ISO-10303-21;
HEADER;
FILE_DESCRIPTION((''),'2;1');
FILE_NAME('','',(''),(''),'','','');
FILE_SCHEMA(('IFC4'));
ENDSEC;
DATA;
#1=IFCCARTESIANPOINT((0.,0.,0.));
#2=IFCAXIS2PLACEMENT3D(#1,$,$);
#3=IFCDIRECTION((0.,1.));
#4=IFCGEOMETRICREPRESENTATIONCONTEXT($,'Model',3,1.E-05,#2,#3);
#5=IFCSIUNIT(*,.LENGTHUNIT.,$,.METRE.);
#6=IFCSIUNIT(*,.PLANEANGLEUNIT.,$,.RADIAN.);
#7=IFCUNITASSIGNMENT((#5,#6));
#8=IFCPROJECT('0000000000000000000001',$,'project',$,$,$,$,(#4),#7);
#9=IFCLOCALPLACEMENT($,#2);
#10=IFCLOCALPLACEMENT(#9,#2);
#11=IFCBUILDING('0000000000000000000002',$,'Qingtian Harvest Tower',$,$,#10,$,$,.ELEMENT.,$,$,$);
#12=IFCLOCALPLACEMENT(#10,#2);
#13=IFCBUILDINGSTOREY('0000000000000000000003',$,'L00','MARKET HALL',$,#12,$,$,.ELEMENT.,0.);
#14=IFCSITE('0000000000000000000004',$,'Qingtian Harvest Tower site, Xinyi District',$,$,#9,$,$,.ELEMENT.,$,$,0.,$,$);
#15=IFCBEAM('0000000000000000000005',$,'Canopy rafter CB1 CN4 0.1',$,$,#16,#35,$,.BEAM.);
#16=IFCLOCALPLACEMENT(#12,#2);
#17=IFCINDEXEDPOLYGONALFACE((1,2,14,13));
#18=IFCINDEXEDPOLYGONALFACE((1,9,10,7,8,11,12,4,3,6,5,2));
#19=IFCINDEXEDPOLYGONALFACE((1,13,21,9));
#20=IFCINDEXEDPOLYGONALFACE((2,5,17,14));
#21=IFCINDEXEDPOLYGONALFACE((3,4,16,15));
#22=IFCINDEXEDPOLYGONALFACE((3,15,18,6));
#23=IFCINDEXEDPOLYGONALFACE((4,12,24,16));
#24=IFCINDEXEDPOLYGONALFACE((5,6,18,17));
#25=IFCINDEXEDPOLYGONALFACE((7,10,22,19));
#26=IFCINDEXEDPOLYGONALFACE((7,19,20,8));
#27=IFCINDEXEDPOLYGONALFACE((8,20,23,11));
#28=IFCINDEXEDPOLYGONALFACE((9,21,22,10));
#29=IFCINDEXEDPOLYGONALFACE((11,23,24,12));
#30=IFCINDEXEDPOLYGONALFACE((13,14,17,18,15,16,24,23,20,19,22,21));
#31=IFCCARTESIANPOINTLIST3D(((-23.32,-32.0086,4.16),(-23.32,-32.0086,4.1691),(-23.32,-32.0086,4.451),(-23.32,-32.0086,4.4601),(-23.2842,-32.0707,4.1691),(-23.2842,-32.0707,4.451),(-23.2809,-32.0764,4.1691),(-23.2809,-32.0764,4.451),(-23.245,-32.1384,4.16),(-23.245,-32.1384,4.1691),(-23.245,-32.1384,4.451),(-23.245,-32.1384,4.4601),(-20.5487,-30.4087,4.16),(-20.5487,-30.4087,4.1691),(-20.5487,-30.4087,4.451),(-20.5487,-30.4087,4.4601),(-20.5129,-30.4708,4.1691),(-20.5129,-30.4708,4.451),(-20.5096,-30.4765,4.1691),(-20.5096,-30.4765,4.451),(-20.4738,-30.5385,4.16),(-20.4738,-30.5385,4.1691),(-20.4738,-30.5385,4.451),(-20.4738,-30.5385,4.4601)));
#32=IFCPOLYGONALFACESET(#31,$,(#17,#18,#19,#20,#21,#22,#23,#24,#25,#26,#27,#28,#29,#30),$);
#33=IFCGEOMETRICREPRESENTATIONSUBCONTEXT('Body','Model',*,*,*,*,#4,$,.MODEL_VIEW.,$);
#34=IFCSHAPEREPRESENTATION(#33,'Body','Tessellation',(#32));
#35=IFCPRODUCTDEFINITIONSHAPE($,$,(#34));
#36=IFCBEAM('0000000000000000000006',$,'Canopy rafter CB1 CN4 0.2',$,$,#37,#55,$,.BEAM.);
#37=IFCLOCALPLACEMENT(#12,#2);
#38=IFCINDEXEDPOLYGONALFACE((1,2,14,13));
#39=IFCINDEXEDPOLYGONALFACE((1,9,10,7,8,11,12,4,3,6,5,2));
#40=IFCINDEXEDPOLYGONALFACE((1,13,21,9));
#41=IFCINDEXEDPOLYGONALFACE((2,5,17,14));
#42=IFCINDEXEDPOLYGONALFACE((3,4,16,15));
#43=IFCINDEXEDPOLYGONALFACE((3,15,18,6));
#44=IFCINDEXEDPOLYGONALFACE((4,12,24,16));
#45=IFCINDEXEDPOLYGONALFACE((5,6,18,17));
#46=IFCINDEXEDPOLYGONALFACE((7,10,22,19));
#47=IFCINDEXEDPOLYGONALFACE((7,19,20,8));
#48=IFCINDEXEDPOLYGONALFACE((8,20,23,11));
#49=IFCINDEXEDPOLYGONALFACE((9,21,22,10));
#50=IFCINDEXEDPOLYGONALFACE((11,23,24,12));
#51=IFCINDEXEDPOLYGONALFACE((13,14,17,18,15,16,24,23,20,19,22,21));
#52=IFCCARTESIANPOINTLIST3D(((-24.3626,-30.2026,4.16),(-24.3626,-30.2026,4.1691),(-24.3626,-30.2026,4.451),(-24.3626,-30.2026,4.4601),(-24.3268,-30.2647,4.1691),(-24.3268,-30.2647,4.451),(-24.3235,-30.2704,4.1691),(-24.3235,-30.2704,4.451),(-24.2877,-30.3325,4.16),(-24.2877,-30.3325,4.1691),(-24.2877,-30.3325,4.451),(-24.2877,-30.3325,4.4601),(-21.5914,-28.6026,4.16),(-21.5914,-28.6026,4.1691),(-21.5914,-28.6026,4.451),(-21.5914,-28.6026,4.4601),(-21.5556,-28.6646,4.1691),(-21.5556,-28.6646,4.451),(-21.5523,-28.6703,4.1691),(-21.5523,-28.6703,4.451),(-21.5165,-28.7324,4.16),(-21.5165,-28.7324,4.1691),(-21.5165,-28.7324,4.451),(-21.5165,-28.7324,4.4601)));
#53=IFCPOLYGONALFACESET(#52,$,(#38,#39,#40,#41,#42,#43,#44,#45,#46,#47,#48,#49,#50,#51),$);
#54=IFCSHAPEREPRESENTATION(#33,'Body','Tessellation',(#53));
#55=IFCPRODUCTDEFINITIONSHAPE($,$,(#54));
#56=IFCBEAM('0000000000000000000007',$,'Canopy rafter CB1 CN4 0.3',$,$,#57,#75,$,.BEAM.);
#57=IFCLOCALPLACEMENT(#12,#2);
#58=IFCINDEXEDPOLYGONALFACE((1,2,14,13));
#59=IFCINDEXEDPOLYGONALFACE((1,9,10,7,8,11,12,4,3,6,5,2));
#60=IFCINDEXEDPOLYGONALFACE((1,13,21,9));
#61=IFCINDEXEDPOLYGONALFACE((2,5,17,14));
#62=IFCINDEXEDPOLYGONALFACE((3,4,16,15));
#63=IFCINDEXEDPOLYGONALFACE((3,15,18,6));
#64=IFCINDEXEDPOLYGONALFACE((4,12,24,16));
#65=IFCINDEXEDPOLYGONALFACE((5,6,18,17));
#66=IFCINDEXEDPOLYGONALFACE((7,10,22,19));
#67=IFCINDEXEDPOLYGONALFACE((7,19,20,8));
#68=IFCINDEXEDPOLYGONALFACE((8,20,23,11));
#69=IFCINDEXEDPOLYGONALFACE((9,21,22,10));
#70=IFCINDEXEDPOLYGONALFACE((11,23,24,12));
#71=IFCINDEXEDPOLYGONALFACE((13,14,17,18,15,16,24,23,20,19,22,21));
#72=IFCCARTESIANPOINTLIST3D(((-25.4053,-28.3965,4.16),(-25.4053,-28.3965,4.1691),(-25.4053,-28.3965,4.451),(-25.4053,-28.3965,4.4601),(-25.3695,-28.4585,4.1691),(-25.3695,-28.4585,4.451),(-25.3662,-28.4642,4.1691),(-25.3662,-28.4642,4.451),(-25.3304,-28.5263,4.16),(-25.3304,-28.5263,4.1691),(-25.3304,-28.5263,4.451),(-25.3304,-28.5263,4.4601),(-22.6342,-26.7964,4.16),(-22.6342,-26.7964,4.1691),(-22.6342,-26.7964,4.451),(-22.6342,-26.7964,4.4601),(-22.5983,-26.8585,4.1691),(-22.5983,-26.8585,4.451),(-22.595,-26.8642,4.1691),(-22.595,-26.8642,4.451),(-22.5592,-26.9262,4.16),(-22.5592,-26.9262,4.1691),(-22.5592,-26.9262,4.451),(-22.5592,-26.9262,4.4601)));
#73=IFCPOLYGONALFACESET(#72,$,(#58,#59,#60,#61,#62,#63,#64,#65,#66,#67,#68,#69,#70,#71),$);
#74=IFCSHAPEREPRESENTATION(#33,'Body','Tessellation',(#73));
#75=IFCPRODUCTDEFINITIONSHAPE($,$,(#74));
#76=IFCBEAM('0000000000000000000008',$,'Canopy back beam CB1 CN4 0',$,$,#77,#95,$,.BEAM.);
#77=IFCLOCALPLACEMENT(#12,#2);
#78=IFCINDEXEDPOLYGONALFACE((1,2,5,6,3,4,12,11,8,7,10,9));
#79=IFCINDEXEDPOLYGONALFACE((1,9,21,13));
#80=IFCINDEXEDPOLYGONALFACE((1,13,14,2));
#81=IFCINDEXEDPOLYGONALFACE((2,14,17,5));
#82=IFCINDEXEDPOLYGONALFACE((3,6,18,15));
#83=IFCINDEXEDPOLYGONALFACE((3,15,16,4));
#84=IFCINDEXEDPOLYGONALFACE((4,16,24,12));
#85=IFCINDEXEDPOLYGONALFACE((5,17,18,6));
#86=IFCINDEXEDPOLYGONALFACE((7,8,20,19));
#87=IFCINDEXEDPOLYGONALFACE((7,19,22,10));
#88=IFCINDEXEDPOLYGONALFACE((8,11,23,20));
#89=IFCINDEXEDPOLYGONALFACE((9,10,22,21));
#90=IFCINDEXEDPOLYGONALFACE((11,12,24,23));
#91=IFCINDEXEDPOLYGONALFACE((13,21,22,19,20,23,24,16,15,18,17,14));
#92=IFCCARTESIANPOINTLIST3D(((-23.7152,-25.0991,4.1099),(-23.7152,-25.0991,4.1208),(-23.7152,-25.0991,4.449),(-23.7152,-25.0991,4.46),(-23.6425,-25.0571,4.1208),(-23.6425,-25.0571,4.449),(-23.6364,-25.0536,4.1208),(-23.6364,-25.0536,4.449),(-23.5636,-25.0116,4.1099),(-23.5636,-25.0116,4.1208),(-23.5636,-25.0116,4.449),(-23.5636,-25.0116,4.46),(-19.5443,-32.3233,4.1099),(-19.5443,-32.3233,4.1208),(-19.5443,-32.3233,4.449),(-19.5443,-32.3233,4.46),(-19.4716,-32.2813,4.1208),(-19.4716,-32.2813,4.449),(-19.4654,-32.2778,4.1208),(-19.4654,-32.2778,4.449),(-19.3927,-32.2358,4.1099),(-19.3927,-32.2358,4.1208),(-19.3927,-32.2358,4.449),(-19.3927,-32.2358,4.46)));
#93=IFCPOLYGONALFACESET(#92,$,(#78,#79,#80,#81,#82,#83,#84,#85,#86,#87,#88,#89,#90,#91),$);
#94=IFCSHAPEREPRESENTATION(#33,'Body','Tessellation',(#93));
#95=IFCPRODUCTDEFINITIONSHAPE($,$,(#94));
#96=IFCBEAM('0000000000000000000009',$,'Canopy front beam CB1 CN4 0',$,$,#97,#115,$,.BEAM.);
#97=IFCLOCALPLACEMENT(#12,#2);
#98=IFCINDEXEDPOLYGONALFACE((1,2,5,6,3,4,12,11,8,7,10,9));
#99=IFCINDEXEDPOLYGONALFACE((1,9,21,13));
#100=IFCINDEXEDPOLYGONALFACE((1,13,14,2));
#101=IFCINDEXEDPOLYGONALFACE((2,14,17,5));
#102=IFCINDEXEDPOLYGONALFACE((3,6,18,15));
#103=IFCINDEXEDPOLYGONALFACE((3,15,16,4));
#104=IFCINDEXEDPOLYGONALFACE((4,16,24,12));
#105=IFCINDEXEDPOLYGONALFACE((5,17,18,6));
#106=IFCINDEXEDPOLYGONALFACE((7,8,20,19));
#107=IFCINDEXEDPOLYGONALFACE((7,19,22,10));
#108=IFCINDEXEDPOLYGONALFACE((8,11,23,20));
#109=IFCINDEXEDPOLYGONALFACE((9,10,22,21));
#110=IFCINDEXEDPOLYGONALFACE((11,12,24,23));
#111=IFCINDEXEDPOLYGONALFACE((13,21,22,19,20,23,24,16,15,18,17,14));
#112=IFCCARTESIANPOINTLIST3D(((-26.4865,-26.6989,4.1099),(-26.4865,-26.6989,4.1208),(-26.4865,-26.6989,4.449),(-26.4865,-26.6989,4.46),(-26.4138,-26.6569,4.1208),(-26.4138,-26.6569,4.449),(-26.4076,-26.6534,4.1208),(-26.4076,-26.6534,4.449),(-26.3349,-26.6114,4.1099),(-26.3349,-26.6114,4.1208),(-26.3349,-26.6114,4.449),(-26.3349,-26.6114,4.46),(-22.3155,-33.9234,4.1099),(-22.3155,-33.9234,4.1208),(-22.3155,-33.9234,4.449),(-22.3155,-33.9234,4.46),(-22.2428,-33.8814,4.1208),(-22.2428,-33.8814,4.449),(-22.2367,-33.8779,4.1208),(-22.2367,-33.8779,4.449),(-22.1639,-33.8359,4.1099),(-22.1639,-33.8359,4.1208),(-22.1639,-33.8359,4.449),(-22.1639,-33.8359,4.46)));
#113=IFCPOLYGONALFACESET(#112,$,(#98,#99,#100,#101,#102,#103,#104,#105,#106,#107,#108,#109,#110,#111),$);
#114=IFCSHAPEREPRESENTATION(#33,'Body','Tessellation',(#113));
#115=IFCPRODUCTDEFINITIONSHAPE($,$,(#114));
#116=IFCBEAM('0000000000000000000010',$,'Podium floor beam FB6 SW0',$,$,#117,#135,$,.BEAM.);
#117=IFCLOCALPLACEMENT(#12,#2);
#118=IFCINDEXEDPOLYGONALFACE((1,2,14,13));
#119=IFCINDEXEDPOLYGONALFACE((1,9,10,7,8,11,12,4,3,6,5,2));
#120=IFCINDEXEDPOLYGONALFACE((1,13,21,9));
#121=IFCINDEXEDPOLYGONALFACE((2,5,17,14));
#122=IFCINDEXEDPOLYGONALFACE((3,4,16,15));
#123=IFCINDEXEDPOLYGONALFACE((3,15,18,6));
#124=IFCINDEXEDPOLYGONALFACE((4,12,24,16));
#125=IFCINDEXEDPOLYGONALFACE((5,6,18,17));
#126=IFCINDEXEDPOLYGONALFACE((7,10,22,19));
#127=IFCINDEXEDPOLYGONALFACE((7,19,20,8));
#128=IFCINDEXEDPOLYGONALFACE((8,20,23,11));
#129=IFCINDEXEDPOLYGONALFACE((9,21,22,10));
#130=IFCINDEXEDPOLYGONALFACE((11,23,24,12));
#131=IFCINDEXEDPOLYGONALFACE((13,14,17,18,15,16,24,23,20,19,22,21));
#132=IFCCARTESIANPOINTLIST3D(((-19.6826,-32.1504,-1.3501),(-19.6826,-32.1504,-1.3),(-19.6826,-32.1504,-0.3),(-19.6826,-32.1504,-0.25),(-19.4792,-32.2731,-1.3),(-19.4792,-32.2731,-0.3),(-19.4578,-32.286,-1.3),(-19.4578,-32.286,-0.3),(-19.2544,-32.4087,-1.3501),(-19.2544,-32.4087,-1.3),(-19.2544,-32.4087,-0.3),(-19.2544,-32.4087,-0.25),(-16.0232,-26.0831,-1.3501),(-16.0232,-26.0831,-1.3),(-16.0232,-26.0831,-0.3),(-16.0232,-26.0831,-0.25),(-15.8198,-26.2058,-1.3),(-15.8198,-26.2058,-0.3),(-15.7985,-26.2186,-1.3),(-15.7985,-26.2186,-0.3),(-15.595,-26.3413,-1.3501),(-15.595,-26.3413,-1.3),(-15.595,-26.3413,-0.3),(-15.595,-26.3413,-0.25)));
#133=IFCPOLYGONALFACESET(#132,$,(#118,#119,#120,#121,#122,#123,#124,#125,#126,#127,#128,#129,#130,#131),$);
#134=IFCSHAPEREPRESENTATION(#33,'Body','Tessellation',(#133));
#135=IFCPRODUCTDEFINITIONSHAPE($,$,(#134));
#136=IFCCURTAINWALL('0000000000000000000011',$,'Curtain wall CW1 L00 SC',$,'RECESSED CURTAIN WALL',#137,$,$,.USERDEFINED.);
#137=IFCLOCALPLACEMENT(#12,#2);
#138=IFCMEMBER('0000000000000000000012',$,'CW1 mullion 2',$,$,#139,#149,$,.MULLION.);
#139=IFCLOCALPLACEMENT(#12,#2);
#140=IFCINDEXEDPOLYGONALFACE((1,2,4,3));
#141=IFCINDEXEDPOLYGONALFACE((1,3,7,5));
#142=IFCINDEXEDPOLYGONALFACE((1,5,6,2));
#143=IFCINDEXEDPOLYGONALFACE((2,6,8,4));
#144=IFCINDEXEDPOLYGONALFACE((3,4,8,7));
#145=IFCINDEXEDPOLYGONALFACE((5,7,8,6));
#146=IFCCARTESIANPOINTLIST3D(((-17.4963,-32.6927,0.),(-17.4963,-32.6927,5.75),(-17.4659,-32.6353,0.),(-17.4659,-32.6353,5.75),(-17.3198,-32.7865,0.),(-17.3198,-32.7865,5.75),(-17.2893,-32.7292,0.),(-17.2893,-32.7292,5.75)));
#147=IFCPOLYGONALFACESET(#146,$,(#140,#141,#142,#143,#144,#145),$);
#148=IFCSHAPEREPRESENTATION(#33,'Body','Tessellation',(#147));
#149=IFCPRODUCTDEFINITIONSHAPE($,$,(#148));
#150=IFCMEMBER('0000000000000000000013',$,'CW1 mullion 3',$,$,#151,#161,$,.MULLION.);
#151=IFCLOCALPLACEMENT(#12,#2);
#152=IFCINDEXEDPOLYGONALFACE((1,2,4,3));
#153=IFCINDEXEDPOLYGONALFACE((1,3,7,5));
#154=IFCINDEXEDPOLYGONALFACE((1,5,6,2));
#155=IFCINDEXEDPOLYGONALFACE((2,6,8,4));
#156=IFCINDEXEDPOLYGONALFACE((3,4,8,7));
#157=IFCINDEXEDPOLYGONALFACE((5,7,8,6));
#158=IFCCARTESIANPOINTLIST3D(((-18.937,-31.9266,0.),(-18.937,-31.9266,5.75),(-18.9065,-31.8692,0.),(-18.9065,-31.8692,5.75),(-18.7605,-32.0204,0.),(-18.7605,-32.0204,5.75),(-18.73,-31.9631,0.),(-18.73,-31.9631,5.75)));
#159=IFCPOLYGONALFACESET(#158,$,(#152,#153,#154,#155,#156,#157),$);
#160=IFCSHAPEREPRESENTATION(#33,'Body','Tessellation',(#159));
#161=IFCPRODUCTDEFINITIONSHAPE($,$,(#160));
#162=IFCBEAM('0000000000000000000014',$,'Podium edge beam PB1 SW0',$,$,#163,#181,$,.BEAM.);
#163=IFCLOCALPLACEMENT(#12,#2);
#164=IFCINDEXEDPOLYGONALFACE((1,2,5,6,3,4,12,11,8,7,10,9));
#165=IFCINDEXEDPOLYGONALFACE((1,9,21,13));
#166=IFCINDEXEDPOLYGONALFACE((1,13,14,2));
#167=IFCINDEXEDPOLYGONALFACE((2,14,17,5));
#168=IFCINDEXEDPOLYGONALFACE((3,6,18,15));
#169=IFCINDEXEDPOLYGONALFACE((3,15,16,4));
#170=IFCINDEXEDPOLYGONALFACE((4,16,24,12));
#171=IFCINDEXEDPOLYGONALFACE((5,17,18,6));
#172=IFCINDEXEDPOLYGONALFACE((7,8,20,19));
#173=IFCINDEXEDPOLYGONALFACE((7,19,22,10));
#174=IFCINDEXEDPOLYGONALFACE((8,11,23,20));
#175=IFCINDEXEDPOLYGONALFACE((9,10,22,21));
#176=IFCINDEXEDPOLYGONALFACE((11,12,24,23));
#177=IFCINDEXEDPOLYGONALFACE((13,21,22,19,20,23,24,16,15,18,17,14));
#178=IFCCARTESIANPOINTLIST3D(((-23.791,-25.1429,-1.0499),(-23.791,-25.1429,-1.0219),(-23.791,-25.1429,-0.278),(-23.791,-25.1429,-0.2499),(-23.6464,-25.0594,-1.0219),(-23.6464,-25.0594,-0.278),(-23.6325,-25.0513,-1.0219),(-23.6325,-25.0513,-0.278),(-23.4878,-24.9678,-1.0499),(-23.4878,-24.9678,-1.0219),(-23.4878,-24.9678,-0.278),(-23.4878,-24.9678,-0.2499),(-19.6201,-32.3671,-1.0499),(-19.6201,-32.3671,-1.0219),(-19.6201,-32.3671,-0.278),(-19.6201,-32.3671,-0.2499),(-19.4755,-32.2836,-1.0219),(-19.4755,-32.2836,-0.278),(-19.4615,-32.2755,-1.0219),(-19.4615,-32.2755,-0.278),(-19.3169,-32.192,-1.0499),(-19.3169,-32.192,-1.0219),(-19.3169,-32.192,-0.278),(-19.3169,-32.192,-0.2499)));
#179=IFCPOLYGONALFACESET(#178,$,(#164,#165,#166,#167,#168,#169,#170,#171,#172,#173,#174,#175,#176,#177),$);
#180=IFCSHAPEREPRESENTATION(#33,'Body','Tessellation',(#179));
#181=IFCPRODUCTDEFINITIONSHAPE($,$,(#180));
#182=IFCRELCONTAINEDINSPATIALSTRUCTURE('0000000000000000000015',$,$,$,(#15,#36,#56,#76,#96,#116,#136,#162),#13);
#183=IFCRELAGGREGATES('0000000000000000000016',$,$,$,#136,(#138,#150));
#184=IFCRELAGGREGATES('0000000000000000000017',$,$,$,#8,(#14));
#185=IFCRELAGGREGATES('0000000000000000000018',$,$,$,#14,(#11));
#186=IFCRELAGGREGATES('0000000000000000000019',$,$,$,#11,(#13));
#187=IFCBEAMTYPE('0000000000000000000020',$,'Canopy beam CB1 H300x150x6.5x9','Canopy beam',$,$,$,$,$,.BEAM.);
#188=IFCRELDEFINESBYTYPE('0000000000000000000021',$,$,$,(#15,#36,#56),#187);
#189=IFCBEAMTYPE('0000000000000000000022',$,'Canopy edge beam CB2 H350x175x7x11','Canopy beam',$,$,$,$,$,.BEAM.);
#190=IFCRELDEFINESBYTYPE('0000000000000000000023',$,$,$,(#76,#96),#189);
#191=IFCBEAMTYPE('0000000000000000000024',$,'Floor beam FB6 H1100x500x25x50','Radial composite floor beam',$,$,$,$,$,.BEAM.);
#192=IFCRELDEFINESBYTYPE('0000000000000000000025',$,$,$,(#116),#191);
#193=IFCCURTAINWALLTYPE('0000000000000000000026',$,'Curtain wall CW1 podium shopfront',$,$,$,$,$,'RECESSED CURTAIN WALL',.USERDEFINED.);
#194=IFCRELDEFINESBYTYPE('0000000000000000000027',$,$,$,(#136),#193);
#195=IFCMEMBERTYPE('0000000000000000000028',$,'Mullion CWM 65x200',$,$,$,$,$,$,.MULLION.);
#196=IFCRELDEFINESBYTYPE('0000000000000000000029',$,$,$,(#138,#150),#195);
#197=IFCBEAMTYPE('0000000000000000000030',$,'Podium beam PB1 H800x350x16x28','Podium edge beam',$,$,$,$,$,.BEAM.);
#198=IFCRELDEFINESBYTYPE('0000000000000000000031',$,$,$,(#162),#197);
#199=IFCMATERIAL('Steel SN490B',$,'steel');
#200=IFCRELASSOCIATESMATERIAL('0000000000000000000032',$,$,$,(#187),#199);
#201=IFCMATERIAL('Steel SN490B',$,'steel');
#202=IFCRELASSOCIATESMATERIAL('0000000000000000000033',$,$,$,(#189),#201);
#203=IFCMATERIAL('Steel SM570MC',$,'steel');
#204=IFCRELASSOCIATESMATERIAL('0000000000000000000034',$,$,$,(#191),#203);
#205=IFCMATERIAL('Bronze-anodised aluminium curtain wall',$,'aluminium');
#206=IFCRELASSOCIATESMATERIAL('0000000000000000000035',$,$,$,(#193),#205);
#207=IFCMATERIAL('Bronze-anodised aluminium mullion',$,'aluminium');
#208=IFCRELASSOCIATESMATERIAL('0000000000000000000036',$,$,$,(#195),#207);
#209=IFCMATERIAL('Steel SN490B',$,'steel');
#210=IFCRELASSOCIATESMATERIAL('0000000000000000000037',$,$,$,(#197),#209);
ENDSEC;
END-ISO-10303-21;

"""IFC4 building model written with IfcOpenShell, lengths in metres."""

from ifc_helpers import new_model, si_unit, direction, frame, origin, origin_2d, place, context, subcontext, project, spatial, rectangle, i_section, extrude, material, material_profile, profile_set, type_object, element, aggregate, save


model = new_model("IFC4")

# Units and contexts
model_context = context("Model", 3, precision=1e-05, world=origin(), true_north=direction((0.0, 1.0)))
body_context = subcontext(model_context, "Body", "Model", "MODEL_VIEW")
ifc_project = project(units=[si_unit("LENGTHUNIT", "METRE"), si_unit("PLANEANGLEUNIT", "RADIAN")], contexts=[model_context])

# Site, building, storey
site_placement = place(None, origin())
site = spatial("IfcSite", under=ifc_project, at=site_placement, Name="Qingtian Harvest Tower site, Xinyi District", CompositionType="ELEMENT", RefElevation=0.0)
building_placement = place(site_placement, origin())
building = spatial("IfcBuilding", under=site, at=building_placement, Name="Qingtian Harvest Tower", CompositionType="ELEMENT")
storey_placement = place(building_placement, origin())
storey = spatial("IfcBuildingStorey", under=building, at=storey_placement, Name="L00", Description="MARKET HALL", CompositionType="ELEMENT", Elevation=0.0)

# Beams
ifc_material_1 = material(Name="Steel SN490B", Category="steel")
ifc_material_profile_1 = material_profile(ifc_material_1, i_section(OverallWidth=0.1499, OverallDepth=0.3, WebThickness=0.0066, FlangeThickness=0.009, at=origin_2d()), Name="H300x150x6.5x9")
ifc_profile_set_1 = profile_set([ifc_material_profile_1], Name="Steel SN490B")
beam_type_1 = type_object("IfcBeamType", Name="Canopy beam CB1 H300x150x6.5x9", Description="Canopy beam", PredefinedType="BEAM", material=ifc_profile_set_1)
for number, where, z_axis, x_axis, name in (
    (1, (-20.5112, -30.4736, 4.3101), (-0.866042, -0.499971, 0.0), (0.499971, -0.866042, 0.0), "Canopy rafter CB1 CN4 0.1"),
    (2, (-21.554, -28.6675, 4.3101), (-0.866009, -0.500028, 0.0), (0.500028, -0.866009, 0.0), "Canopy rafter CB1 CN4 0.2"),
    (3, (-22.5967, -26.8613, 4.3101), (-0.866009, -0.500028, 0.0), (0.500028, -0.866009, 0.0), "Canopy rafter CB1 CN4 0.3"),
):
    element("IfcBeam", number, at=place(storey_placement, frame(where, z_axis=z_axis, x_axis=x_axis)), inside=storey, type_object=beam_type_1, Name=name, PredefinedType="BEAM", context=body_context, shape_type="SweptSolid", body=[
        extrude(i_section(OverallWidth=0.1499, OverallDepth=0.3, WebThickness=0.0066, FlangeThickness=0.009, at=origin_2d()), origin(), (0.0, 0.0, 1.0), 3.2),
    ])
ifc_material_2 = material(Name="Steel SN490B", Category="steel")
ifc_material_profile_2 = material_profile(ifc_material_2, i_section(OverallWidth=0.175, OverallDepth=0.3501, WebThickness=0.0071, FlangeThickness=0.011, at=origin_2d()), Name="H350x175x7x11")
ifc_profile_set_2 = profile_set([ifc_material_profile_2], Name="Steel SN490B")
beam_type_2 = type_object("IfcBeamType", Name="Canopy edge beam CB2 H350x175x7x11", Description="Canopy beam", PredefinedType="BEAM", material=ifc_profile_set_2)
beam_1_placement = place(storey_placement, frame((-19.4685, -32.2795, 4.2849), z_axis=(-0.500005, 0.866023, 0.0), x_axis=(-0.866023, -0.500005, 0.0)))
element("IfcBeam", 4, at=beam_1_placement, inside=storey, type_object=beam_type_2, Name="Canopy back beam CB1 CN4 0", PredefinedType="BEAM", context=body_context, shape_type="SweptSolid", body=[
    extrude(i_section(OverallWidth=0.175, OverallDepth=0.3501, WebThickness=0.0071, FlangeThickness=0.011, at=origin_2d()), origin(), (0.0, 0.0, 1.0), 8.3418),
])
beam_2_placement = place(storey_placement, frame((-22.2397, -33.8796, 4.2849), z_axis=(-0.499992, 0.86603, 0.0), x_axis=(-0.86603, -0.499992, 0.0)))
element("IfcBeam", 5, at=beam_2_placement, inside=storey, type_object=beam_type_2, Name="Canopy front beam CB1 CN4 0", PredefinedType="BEAM", context=body_context, shape_type="SweptSolid", body=[
    extrude(i_section(OverallWidth=0.175, OverallDepth=0.3501, WebThickness=0.0071, FlangeThickness=0.011, at=origin_2d()), origin(), (0.0, 0.0, 1.0), 8.342),
])
ifc_material_3 = material(Name="Steel SM570MC", Category="steel")
ifc_material_profile_3 = material_profile(ifc_material_3, i_section(OverallWidth=0.5, OverallDepth=1.1001, WebThickness=0.0249, FlangeThickness=0.05, at=origin_2d()), Name="H1100x500x25x50")
ifc_profile_set_3 = profile_set([ifc_material_profile_3], Name="Steel SM570MC")
beam_type_3 = type_object("IfcBeamType", Name="Floor beam FB6 H1100x500x25x50", Description="Radial composite floor beam", PredefinedType="BEAM", material=ifc_profile_set_3)
beam_3_placement = place(storey_placement, frame((-19.4685, -32.2795, -0.8), z_axis=(0.516465, 0.856308, 0.0), x_axis=(-0.856308, 0.516465, 0.0)))
element("IfcBeam", 6, at=beam_3_placement, inside=storey, type_object=beam_type_3, Name="Podium floor beam FB6 SW0", PredefinedType="BEAM", context=body_context, shape_type="SweptSolid", body=[
    extrude(i_section(OverallWidth=0.5, OverallDepth=1.1001, WebThickness=0.0249, FlangeThickness=0.05, at=origin_2d()), origin(), (0.0, 0.0, 1.0), 7.0854),
])

# Curtain wall, members
ifc_material_4 = material(Name="Bronze-anodised aluminium curtain wall", Category="aluminium")
curtain_wall_type = type_object("IfcCurtainWallType", Name="Curtain wall CW1 podium shopfront", ElementType="RECESSED CURTAIN WALL", PredefinedType="USERDEFINED", material=ifc_material_4)
curtain_wall_placement = place(storey_placement, origin())
curtain_wall = element("IfcCurtainWall", 7, at=curtain_wall_placement, inside=storey, type_object=curtain_wall_type, Name="Curtain wall CW1 L00 SC", ObjectType="RECESSED CURTAIN WALL", PredefinedType="USERDEFINED")
ifc_material_5 = material(Name="Bronze-anodised aluminium mullion", Category="aluminium")
ifc_material_profile_4 = material_profile(ifc_material_5, rectangle(XDim=0.0649, YDim=0.2, at=origin_2d()), Name="AL 65x200")
ifc_profile_set_4 = profile_set([ifc_material_profile_4], Name="Bronze-anodised aluminium mullion")
member_type_1 = type_object("IfcMemberType", Name="Mullion CWM 65x200", PredefinedType="MULLION", material=ifc_profile_set_4)
member_1_placement = place(storey_placement, frame((-17.3928, -32.7109, 0.0), z_axis=(0.0, 0.0, 1.0), x_axis=(-0.469472, -0.882948, 0.0)))
member_1 = element("IfcMember", 8, at=member_1_placement, type_object=member_type_1, Name="CW1 mullion 2", PredefinedType="MULLION", context=body_context, shape_type="SweptSolid", body=[
    extrude(rectangle(XDim=0.0649, YDim=0.2, at=origin_2d()), origin(), (0.0, 0.0, 1.0), 5.75),
])
member_2_placement = place(storey_placement, frame((-18.8335, -31.9448, 0.0), z_axis=(0.0, 0.0, 1.0), x_axis=(-0.469472, -0.882948, 0.0)))
member_2 = element("IfcMember", 9, at=member_2_placement, type_object=member_type_1, Name="CW1 mullion 3", PredefinedType="MULLION", context=body_context, shape_type="SweptSolid", body=[
    extrude(rectangle(XDim=0.0649, YDim=0.2, at=origin_2d()), origin(), (0.0, 0.0, 1.0), 5.75),
])

# Beam
ifc_material_6 = material(Name="Steel SN490B", Category="steel")
ifc_material_profile_5 = material_profile(ifc_material_6, i_section(OverallWidth=0.3501, OverallDepth=0.8, WebThickness=0.0161, FlangeThickness=0.0281, at=origin_2d()), Name="H800x350x16x28")
ifc_profile_set_5 = profile_set([ifc_material_profile_5], Name="Steel SN490B")
beam_type_4 = type_object("IfcBeamType", Name="Podium beam PB1 H800x350x16x28", Description="Podium edge beam", PredefinedType="BEAM", material=ifc_profile_set_5)
beam_4_placement = place(storey_placement, frame((-19.4685, -32.2795, -0.6499), z_axis=(-0.500005, 0.866023, 0.0), x_axis=(-0.866023, -0.500005, 0.0)))
element("IfcBeam", 10, at=beam_4_placement, inside=storey, type_object=beam_type_4, Name="Podium edge beam PB1 SW0", PredefinedType="BEAM", context=body_context, shape_type="SweptSolid", body=[
    extrude(i_section(OverallWidth=0.3501, OverallDepth=0.8, WebThickness=0.0161, FlangeThickness=0.0281, at=origin_2d()), origin(), (0.0, 0.0, 1.0), 8.3418),
])

aggregate(curtain_wall, [member_1, member_2])

save(model, "model.ifc")
